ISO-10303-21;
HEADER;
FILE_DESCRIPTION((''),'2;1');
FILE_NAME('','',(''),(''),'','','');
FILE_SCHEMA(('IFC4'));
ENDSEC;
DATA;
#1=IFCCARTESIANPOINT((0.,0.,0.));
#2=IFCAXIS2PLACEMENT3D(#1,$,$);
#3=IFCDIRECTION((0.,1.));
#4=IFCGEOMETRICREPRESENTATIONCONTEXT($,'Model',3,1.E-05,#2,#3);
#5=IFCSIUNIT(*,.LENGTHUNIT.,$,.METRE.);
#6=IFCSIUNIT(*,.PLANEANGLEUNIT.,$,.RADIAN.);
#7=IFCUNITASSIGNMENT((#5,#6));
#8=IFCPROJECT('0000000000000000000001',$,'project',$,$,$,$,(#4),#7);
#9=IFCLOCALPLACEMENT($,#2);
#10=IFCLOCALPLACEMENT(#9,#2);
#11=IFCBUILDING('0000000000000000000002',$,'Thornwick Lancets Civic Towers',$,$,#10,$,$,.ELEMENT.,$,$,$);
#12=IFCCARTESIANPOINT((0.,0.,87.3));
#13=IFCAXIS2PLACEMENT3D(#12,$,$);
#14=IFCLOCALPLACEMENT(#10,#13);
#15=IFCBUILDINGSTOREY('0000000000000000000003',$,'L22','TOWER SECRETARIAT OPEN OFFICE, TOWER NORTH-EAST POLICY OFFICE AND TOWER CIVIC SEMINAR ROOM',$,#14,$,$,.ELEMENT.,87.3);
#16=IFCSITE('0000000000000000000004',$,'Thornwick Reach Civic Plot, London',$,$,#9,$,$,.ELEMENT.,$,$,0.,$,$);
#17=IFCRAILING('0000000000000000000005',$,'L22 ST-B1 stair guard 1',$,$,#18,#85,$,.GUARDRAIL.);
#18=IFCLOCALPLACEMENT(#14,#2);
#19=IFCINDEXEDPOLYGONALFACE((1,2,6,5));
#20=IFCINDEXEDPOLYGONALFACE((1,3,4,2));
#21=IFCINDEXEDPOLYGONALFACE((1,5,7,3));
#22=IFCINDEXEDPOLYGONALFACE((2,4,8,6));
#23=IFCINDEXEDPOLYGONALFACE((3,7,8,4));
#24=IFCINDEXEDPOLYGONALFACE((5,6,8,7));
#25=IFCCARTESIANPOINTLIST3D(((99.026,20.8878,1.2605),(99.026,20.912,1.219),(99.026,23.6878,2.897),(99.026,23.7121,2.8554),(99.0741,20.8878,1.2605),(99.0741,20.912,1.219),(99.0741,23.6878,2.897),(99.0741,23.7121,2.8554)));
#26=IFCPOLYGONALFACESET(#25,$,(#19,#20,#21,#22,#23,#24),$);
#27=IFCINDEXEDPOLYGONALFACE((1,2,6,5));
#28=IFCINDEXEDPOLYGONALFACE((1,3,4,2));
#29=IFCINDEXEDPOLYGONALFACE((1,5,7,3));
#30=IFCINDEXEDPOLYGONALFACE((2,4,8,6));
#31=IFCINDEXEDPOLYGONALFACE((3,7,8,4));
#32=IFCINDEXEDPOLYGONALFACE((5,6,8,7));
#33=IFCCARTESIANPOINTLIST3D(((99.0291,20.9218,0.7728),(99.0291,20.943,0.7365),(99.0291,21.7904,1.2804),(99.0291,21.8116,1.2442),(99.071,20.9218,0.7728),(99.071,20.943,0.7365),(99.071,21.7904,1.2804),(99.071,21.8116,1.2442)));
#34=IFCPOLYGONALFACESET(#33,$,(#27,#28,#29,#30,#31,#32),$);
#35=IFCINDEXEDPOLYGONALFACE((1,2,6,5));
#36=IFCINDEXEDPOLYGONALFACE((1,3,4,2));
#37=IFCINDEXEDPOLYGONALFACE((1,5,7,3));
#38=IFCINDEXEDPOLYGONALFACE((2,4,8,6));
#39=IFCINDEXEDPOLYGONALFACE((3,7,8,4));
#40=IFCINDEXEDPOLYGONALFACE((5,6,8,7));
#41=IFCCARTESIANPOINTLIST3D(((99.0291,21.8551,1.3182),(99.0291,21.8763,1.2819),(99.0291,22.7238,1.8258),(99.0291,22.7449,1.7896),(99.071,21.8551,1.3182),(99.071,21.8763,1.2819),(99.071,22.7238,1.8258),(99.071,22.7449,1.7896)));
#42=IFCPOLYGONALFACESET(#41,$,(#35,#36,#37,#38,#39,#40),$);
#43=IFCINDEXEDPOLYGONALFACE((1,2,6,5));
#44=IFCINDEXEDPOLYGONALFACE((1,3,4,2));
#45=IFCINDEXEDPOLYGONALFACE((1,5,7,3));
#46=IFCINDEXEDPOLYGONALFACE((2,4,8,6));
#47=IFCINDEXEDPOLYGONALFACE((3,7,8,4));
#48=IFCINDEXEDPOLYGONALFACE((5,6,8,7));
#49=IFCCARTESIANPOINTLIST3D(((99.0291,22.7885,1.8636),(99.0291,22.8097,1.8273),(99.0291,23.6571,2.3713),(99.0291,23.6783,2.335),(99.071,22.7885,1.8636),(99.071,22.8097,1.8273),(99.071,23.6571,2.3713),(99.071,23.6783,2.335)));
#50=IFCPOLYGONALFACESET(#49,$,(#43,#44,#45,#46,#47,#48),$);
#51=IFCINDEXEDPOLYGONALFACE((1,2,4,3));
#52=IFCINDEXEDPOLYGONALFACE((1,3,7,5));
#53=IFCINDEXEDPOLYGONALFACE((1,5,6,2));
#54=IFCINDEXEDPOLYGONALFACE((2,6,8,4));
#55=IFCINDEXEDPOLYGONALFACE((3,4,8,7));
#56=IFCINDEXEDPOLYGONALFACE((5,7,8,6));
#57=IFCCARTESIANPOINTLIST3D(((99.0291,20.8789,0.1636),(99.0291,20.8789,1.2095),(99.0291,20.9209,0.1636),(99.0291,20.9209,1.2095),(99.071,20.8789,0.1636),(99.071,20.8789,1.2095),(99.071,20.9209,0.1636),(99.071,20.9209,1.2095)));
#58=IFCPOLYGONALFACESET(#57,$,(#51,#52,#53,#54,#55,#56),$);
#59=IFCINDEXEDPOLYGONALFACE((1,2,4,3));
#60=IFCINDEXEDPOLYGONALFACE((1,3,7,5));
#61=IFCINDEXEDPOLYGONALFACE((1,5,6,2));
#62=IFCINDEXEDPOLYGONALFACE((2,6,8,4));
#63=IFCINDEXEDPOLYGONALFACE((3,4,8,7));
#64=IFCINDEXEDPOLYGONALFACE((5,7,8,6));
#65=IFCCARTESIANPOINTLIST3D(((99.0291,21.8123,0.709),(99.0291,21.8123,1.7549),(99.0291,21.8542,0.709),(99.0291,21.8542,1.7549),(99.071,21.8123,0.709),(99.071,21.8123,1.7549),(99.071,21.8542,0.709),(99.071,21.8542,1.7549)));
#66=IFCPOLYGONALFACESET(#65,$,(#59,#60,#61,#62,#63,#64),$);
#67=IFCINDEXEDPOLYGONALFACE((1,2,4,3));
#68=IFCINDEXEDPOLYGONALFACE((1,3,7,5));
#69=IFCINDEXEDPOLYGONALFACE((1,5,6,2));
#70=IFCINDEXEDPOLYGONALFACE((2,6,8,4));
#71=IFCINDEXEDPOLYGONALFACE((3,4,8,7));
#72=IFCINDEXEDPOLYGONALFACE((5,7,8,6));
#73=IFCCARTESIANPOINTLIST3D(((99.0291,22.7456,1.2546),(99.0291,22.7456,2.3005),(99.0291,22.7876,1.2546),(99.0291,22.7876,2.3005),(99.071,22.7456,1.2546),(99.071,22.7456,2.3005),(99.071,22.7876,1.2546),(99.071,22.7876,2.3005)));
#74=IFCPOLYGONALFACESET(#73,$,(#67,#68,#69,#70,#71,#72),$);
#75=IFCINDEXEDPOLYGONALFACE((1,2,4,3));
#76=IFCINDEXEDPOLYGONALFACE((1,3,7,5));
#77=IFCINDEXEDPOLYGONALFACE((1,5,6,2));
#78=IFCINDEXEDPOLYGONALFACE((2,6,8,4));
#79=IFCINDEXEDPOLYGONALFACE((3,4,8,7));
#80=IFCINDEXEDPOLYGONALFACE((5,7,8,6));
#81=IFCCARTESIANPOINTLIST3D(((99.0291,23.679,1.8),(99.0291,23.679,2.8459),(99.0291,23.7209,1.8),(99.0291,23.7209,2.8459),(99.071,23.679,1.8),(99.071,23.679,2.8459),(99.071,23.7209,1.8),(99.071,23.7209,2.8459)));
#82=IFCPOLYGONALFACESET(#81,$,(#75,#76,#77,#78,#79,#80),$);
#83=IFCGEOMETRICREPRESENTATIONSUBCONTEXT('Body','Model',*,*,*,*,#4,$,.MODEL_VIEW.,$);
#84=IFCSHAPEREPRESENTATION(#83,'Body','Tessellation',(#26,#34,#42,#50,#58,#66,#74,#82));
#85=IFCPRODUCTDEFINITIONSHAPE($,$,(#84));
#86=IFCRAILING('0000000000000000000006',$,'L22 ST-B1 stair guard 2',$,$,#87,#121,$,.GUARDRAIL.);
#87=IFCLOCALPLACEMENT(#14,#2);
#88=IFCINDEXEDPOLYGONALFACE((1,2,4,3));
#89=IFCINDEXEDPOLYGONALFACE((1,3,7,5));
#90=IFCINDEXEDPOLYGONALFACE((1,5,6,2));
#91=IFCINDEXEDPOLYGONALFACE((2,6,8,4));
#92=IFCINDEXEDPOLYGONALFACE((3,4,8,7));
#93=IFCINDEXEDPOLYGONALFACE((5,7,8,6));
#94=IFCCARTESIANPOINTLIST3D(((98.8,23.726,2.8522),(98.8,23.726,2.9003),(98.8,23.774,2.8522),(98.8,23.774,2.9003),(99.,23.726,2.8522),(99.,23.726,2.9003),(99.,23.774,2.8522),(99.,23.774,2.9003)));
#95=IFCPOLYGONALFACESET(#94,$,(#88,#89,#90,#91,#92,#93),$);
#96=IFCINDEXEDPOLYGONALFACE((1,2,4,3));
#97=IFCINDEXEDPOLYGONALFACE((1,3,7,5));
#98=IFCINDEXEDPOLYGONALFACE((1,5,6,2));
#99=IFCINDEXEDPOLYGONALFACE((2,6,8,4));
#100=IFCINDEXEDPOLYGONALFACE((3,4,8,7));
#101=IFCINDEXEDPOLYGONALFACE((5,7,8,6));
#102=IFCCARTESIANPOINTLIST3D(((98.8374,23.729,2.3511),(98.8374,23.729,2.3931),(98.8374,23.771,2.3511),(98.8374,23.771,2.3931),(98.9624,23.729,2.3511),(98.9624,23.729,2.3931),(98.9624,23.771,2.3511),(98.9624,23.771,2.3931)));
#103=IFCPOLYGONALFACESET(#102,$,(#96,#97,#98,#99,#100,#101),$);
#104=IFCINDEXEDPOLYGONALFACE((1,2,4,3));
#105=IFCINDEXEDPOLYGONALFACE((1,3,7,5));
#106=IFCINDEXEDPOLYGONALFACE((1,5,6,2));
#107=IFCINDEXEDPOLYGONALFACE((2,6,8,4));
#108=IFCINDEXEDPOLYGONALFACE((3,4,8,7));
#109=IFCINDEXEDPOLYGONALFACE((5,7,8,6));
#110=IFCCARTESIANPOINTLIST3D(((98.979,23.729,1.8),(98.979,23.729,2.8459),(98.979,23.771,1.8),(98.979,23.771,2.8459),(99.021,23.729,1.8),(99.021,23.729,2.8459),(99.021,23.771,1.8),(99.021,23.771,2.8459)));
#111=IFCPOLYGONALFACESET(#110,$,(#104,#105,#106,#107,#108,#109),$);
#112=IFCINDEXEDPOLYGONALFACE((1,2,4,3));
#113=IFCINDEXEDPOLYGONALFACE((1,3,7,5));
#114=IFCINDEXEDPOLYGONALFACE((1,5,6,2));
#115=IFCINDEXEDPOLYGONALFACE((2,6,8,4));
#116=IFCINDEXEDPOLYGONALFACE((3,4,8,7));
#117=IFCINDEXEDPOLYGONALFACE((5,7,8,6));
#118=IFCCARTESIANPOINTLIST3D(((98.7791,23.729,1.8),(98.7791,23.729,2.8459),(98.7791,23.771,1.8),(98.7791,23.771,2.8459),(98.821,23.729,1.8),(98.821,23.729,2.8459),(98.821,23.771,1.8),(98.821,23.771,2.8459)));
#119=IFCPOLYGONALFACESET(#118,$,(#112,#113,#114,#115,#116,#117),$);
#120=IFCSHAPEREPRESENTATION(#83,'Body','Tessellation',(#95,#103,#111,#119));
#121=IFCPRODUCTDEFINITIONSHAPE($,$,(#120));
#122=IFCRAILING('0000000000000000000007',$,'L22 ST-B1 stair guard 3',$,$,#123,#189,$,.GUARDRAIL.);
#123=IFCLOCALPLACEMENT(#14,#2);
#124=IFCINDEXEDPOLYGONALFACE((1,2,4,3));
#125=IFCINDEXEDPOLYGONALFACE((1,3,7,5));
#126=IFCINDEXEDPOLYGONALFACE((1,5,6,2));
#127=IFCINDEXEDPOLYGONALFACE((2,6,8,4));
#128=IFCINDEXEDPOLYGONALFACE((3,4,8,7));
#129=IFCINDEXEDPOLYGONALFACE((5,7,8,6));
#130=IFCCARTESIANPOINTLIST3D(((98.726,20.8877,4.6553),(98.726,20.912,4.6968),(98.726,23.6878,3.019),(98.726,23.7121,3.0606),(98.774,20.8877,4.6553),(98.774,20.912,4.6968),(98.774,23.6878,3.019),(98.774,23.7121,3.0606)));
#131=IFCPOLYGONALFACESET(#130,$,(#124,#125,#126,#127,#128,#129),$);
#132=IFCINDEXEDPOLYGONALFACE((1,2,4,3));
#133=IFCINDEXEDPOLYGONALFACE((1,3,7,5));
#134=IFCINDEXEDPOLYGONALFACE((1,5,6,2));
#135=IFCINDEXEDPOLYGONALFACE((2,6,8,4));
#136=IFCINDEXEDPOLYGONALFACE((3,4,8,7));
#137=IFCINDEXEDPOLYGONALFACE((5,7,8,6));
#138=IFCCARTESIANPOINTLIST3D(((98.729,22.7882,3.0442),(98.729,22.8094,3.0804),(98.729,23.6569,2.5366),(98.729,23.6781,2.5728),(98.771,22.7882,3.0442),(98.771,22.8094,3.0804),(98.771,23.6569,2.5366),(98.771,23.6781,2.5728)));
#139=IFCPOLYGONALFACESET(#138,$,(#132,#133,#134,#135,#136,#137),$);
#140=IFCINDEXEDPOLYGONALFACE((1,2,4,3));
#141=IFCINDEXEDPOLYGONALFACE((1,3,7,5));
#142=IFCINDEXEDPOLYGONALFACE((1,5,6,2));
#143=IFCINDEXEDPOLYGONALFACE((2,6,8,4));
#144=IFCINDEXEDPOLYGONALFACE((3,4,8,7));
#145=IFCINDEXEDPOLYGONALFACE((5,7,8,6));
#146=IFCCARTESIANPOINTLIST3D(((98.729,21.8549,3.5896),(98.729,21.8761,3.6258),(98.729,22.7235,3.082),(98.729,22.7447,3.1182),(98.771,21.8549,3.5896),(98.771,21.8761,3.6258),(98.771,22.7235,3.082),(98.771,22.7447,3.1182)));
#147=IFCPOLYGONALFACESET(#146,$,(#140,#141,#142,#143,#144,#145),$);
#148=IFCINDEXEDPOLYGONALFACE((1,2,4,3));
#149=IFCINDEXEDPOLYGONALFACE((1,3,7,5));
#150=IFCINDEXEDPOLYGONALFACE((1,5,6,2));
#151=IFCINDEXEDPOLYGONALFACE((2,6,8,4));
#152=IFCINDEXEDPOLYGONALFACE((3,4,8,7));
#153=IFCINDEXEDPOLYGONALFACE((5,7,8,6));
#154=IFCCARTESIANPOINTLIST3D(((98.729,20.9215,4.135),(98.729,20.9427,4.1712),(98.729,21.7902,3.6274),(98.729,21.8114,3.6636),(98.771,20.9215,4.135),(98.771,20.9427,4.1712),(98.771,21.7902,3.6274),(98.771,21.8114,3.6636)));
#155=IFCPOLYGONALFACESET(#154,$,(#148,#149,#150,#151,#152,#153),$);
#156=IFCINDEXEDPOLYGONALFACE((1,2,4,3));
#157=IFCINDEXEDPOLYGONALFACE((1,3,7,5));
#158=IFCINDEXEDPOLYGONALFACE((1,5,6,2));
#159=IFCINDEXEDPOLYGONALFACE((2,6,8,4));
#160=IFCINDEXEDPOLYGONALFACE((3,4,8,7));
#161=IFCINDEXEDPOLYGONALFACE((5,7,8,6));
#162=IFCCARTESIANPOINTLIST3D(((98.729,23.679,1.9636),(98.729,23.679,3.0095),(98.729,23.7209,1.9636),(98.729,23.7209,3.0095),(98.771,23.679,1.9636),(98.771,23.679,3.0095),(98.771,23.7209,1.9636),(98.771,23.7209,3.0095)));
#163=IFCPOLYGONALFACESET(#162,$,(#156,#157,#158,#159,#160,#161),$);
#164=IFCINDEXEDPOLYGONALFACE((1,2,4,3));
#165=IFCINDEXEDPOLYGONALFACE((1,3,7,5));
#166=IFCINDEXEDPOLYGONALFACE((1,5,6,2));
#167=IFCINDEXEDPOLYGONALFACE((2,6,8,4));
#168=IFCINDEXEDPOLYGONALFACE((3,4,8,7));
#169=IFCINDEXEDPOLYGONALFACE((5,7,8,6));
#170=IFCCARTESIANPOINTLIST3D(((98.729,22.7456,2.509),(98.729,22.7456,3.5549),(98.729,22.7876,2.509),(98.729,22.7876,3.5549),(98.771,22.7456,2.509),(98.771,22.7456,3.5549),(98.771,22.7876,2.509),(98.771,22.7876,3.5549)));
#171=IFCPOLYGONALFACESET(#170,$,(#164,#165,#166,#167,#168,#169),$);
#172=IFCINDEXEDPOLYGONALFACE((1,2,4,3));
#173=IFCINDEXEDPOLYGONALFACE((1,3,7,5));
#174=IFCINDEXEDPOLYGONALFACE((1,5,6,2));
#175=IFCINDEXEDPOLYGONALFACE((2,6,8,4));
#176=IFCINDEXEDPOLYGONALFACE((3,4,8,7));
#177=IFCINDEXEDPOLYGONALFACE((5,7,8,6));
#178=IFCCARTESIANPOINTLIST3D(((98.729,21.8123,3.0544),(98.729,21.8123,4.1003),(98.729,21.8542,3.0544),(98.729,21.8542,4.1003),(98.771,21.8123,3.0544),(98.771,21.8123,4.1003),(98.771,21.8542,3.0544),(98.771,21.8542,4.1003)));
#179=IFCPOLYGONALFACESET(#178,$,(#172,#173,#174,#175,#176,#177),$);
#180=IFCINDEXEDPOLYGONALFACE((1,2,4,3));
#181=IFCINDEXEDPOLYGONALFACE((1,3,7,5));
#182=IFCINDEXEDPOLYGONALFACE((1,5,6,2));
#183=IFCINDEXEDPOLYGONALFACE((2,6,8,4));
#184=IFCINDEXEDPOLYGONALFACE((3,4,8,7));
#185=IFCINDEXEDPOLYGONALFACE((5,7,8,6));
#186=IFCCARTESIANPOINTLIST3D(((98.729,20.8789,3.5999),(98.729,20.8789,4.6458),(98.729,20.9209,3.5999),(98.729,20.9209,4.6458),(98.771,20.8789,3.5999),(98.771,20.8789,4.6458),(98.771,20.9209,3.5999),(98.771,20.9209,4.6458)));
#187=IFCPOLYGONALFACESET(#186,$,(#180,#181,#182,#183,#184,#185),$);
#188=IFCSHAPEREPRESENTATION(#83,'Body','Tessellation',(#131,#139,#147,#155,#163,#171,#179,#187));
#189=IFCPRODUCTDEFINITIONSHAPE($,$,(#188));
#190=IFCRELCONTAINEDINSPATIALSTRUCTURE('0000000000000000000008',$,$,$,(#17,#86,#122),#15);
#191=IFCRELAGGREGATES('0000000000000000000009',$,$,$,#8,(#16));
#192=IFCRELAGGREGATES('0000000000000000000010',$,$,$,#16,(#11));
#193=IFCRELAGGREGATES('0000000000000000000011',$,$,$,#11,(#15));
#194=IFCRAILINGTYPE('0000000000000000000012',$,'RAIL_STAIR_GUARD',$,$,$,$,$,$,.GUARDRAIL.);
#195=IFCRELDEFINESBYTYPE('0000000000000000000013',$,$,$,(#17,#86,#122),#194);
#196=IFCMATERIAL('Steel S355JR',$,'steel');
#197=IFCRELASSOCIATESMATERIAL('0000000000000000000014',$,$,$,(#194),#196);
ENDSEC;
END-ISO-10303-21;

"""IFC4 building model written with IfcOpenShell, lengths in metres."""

from ifc_helpers import new_model, si_unit, direction, frame, origin, origin_2d, place, context, subcontext, project, spatial, rectangle, extrude, material, type_object, element, save


model = new_model("IFC4")

# Units and contexts
model_context = context("Model", 3, precision=1e-05, world=origin(), true_north=direction((0.0, 1.0)))
body_context = subcontext(model_context, "Body", "Model", "MODEL_VIEW")
ifc_project = project(units=[si_unit("LENGTHUNIT", "METRE"), si_unit("PLANEANGLEUNIT", "RADIAN")], contexts=[model_context])

# Site, building, storey
site_placement = place(None, origin())
site = spatial("IfcSite", under=ifc_project, at=site_placement, Name="Thornwick Reach Civic Plot, London", CompositionType="ELEMENT", RefElevation=0.0)
building_placement = place(site_placement, origin())
building = spatial("IfcBuilding", under=site, at=building_placement, Name="Thornwick Lancets Civic Towers", CompositionType="ELEMENT")
storey_placement = place(building_placement, frame((0.0, 0.0, 87.3)))
storey = spatial("IfcBuildingStorey", under=building, at=storey_placement, Name="L22", Description="TOWER SECRETARIAT OPEN OFFICE, TOWER NORTH-EAST POLICY OFFICE AND TOWER CIVIC SEMINAR ROOM", CompositionType="ELEMENT", Elevation=87.3)

# Shared definitions
ifc_material_1 = material(Name="Steel S355JR", Category="steel")

# Railings
railing_type_1 = type_object("IfcRailingType", Name="RAIL_STAIR_GUARD", PredefinedType="GUARDRAIL", material=ifc_material_1)
railing_1_placement = place(storey_placement, frame((99.05, 20.8999, 0.1636)))
element("IfcRailing", 1, at=railing_1_placement, inside=storey, type_object=railing_type_1, Name="L22 ST-B1 stair guard 1", PredefinedType="GUARDRAIL", context=body_context, shape_type="SweptSolid", body=[
    extrude(rectangle(XDim=0.0481, YDim=0.0481, at=origin_2d()), frame((0.0, 0.0, 1.0762), z_axis=(0.0, 0.863361, 0.504587), x_axis=(-1.0, 0.0, 0.0)), (0.0, 0.0, 1.0), 3.2432),
    extrude(rectangle(XDim=0.042, YDim=0.042, at=origin_2d()), frame((0.0, 0.0325, 0.5911), z_axis=(0.0, 0.863361, 0.504587), x_axis=(-1.0, 0.0, 0.0)), (0.0, 0.0, 1.0), 1.0061),
    extrude(rectangle(XDim=0.042, YDim=0.042, at=origin_2d()), frame((0.0, 0.9658, 1.1365), z_axis=(0.0, 0.863361, 0.504587), x_axis=(-1.0, 0.0, 0.0)), (0.0, 0.0, 1.0), 1.0061),
    extrude(rectangle(XDim=0.042, YDim=0.042, at=origin_2d()), frame((0.0, 1.8992, 1.6819), z_axis=(0.0, 0.863361, 0.504587), x_axis=(-1.0, 0.0, 0.0)), (0.0, 0.0, 1.0), 1.0061),
    extrude(rectangle(XDim=0.042, YDim=0.042, at=origin_2d()), origin(), (0.0, 0.0, 1.0), 1.0459),
    extrude(rectangle(XDim=0.042, YDim=0.042, at=origin_2d()), frame((0.0, 0.9333, 0.5454)), (0.0, 0.0, 1.0), 1.0459),
    extrude(rectangle(XDim=0.042, YDim=0.042, at=origin_2d()), frame((0.0, 1.8667, 1.0911)), (0.0, 0.0, 1.0), 1.0459),
    extrude(rectangle(XDim=0.042, YDim=0.042, at=origin_2d()), frame((0.0, 2.8, 1.6365)), (0.0, 0.0, 1.0), 1.0459),
])
railing_2_placement = place(storey_placement, frame((99.0, 23.75, 1.8)))
element("IfcRailing", 2, at=railing_2_placement, inside=storey, type_object=railing_type_1, Name="L22 ST-B1 stair guard 2", PredefinedType="GUARDRAIL", context=body_context, shape_type="SweptSolid", body=[
    extrude(rectangle(XDim=0.0481, YDim=0.0481, at=origin_2d()), frame((0.0, 0.0, 1.0762), z_axis=(-1.0, 0.0, 0.0), x_axis=(0.0, -1.0, 0.0)), (0.0, 0.0, 1.0), 0.2),
    extrude(rectangle(XDim=0.042, YDim=0.042, at=origin_2d()), frame((-0.0376, 0.0, 0.572), z_axis=(-1.0, 0.0, 0.0), x_axis=(0.0, -1.0, 0.0)), (0.0, 0.0, 1.0), 0.125),
    extrude(rectangle(XDim=0.042, YDim=0.042, at=origin_2d()), origin(), (0.0, 0.0, 1.0), 1.0459),
    extrude(rectangle(XDim=0.042, YDim=0.042, at=origin_2d()), frame((-0.2, 0.0, 0.0)), (0.0, 0.0, 1.0), 1.0459),
])
railing_3_placement = place(storey_placement, frame((98.75, 23.7, 1.9636)))
element("IfcRailing", 3, at=railing_3_placement, inside=storey, type_object=railing_type_1, Name="L22 ST-B1 stair guard 3", PredefinedType="GUARDRAIL", context=body_context, shape_type="SweptSolid", body=[
    extrude(rectangle(XDim=0.0481, YDim=0.0481, at=origin_2d()), frame((0.0, 0.0, 1.0762), z_axis=(0.0, -0.863394, 0.504531), x_axis=(1.0, 0.0, 0.0)), (0.0, 0.0, 1.0), 3.2432),
    extrude(rectangle(XDim=0.042, YDim=0.042, at=origin_2d()), frame((0.0, -0.0325, 0.5911), z_axis=(0.0, -0.863394, 0.504531), x_axis=(1.0, 0.0, 0.0)), (0.0, 0.0, 1.0), 1.0061),
    extrude(rectangle(XDim=0.042, YDim=0.042, at=origin_2d()), frame((0.0, -0.9658, 1.1365), z_axis=(0.0, -0.863394, 0.504531), x_axis=(1.0, 0.0, 0.0)), (0.0, 0.0, 1.0), 1.0061),
    extrude(rectangle(XDim=0.042, YDim=0.042, at=origin_2d()), frame((0.0, -1.8992, 1.6819), z_axis=(0.0, -0.863394, 0.504531), x_axis=(1.0, 0.0, 0.0)), (0.0, 0.0, 1.0), 1.0061),
    extrude(rectangle(XDim=0.042, YDim=0.042, at=origin_2d()), origin(), (0.0, 0.0, 1.0), 1.0459),
    extrude(rectangle(XDim=0.042, YDim=0.042, at=origin_2d()), frame((0.0, -0.9333, 0.5454)), (0.0, 0.0, 1.0), 1.0459),
    extrude(rectangle(XDim=0.042, YDim=0.042, at=origin_2d()), frame((0.0, -1.8667, 1.0908)), (0.0, 0.0, 1.0), 1.0459),
    extrude(rectangle(XDim=0.042, YDim=0.042, at=origin_2d()), frame((0.0, -2.8, 1.6362)), (0.0, 0.0, 1.0), 1.0459),
])

save(model, "model.ifc")
